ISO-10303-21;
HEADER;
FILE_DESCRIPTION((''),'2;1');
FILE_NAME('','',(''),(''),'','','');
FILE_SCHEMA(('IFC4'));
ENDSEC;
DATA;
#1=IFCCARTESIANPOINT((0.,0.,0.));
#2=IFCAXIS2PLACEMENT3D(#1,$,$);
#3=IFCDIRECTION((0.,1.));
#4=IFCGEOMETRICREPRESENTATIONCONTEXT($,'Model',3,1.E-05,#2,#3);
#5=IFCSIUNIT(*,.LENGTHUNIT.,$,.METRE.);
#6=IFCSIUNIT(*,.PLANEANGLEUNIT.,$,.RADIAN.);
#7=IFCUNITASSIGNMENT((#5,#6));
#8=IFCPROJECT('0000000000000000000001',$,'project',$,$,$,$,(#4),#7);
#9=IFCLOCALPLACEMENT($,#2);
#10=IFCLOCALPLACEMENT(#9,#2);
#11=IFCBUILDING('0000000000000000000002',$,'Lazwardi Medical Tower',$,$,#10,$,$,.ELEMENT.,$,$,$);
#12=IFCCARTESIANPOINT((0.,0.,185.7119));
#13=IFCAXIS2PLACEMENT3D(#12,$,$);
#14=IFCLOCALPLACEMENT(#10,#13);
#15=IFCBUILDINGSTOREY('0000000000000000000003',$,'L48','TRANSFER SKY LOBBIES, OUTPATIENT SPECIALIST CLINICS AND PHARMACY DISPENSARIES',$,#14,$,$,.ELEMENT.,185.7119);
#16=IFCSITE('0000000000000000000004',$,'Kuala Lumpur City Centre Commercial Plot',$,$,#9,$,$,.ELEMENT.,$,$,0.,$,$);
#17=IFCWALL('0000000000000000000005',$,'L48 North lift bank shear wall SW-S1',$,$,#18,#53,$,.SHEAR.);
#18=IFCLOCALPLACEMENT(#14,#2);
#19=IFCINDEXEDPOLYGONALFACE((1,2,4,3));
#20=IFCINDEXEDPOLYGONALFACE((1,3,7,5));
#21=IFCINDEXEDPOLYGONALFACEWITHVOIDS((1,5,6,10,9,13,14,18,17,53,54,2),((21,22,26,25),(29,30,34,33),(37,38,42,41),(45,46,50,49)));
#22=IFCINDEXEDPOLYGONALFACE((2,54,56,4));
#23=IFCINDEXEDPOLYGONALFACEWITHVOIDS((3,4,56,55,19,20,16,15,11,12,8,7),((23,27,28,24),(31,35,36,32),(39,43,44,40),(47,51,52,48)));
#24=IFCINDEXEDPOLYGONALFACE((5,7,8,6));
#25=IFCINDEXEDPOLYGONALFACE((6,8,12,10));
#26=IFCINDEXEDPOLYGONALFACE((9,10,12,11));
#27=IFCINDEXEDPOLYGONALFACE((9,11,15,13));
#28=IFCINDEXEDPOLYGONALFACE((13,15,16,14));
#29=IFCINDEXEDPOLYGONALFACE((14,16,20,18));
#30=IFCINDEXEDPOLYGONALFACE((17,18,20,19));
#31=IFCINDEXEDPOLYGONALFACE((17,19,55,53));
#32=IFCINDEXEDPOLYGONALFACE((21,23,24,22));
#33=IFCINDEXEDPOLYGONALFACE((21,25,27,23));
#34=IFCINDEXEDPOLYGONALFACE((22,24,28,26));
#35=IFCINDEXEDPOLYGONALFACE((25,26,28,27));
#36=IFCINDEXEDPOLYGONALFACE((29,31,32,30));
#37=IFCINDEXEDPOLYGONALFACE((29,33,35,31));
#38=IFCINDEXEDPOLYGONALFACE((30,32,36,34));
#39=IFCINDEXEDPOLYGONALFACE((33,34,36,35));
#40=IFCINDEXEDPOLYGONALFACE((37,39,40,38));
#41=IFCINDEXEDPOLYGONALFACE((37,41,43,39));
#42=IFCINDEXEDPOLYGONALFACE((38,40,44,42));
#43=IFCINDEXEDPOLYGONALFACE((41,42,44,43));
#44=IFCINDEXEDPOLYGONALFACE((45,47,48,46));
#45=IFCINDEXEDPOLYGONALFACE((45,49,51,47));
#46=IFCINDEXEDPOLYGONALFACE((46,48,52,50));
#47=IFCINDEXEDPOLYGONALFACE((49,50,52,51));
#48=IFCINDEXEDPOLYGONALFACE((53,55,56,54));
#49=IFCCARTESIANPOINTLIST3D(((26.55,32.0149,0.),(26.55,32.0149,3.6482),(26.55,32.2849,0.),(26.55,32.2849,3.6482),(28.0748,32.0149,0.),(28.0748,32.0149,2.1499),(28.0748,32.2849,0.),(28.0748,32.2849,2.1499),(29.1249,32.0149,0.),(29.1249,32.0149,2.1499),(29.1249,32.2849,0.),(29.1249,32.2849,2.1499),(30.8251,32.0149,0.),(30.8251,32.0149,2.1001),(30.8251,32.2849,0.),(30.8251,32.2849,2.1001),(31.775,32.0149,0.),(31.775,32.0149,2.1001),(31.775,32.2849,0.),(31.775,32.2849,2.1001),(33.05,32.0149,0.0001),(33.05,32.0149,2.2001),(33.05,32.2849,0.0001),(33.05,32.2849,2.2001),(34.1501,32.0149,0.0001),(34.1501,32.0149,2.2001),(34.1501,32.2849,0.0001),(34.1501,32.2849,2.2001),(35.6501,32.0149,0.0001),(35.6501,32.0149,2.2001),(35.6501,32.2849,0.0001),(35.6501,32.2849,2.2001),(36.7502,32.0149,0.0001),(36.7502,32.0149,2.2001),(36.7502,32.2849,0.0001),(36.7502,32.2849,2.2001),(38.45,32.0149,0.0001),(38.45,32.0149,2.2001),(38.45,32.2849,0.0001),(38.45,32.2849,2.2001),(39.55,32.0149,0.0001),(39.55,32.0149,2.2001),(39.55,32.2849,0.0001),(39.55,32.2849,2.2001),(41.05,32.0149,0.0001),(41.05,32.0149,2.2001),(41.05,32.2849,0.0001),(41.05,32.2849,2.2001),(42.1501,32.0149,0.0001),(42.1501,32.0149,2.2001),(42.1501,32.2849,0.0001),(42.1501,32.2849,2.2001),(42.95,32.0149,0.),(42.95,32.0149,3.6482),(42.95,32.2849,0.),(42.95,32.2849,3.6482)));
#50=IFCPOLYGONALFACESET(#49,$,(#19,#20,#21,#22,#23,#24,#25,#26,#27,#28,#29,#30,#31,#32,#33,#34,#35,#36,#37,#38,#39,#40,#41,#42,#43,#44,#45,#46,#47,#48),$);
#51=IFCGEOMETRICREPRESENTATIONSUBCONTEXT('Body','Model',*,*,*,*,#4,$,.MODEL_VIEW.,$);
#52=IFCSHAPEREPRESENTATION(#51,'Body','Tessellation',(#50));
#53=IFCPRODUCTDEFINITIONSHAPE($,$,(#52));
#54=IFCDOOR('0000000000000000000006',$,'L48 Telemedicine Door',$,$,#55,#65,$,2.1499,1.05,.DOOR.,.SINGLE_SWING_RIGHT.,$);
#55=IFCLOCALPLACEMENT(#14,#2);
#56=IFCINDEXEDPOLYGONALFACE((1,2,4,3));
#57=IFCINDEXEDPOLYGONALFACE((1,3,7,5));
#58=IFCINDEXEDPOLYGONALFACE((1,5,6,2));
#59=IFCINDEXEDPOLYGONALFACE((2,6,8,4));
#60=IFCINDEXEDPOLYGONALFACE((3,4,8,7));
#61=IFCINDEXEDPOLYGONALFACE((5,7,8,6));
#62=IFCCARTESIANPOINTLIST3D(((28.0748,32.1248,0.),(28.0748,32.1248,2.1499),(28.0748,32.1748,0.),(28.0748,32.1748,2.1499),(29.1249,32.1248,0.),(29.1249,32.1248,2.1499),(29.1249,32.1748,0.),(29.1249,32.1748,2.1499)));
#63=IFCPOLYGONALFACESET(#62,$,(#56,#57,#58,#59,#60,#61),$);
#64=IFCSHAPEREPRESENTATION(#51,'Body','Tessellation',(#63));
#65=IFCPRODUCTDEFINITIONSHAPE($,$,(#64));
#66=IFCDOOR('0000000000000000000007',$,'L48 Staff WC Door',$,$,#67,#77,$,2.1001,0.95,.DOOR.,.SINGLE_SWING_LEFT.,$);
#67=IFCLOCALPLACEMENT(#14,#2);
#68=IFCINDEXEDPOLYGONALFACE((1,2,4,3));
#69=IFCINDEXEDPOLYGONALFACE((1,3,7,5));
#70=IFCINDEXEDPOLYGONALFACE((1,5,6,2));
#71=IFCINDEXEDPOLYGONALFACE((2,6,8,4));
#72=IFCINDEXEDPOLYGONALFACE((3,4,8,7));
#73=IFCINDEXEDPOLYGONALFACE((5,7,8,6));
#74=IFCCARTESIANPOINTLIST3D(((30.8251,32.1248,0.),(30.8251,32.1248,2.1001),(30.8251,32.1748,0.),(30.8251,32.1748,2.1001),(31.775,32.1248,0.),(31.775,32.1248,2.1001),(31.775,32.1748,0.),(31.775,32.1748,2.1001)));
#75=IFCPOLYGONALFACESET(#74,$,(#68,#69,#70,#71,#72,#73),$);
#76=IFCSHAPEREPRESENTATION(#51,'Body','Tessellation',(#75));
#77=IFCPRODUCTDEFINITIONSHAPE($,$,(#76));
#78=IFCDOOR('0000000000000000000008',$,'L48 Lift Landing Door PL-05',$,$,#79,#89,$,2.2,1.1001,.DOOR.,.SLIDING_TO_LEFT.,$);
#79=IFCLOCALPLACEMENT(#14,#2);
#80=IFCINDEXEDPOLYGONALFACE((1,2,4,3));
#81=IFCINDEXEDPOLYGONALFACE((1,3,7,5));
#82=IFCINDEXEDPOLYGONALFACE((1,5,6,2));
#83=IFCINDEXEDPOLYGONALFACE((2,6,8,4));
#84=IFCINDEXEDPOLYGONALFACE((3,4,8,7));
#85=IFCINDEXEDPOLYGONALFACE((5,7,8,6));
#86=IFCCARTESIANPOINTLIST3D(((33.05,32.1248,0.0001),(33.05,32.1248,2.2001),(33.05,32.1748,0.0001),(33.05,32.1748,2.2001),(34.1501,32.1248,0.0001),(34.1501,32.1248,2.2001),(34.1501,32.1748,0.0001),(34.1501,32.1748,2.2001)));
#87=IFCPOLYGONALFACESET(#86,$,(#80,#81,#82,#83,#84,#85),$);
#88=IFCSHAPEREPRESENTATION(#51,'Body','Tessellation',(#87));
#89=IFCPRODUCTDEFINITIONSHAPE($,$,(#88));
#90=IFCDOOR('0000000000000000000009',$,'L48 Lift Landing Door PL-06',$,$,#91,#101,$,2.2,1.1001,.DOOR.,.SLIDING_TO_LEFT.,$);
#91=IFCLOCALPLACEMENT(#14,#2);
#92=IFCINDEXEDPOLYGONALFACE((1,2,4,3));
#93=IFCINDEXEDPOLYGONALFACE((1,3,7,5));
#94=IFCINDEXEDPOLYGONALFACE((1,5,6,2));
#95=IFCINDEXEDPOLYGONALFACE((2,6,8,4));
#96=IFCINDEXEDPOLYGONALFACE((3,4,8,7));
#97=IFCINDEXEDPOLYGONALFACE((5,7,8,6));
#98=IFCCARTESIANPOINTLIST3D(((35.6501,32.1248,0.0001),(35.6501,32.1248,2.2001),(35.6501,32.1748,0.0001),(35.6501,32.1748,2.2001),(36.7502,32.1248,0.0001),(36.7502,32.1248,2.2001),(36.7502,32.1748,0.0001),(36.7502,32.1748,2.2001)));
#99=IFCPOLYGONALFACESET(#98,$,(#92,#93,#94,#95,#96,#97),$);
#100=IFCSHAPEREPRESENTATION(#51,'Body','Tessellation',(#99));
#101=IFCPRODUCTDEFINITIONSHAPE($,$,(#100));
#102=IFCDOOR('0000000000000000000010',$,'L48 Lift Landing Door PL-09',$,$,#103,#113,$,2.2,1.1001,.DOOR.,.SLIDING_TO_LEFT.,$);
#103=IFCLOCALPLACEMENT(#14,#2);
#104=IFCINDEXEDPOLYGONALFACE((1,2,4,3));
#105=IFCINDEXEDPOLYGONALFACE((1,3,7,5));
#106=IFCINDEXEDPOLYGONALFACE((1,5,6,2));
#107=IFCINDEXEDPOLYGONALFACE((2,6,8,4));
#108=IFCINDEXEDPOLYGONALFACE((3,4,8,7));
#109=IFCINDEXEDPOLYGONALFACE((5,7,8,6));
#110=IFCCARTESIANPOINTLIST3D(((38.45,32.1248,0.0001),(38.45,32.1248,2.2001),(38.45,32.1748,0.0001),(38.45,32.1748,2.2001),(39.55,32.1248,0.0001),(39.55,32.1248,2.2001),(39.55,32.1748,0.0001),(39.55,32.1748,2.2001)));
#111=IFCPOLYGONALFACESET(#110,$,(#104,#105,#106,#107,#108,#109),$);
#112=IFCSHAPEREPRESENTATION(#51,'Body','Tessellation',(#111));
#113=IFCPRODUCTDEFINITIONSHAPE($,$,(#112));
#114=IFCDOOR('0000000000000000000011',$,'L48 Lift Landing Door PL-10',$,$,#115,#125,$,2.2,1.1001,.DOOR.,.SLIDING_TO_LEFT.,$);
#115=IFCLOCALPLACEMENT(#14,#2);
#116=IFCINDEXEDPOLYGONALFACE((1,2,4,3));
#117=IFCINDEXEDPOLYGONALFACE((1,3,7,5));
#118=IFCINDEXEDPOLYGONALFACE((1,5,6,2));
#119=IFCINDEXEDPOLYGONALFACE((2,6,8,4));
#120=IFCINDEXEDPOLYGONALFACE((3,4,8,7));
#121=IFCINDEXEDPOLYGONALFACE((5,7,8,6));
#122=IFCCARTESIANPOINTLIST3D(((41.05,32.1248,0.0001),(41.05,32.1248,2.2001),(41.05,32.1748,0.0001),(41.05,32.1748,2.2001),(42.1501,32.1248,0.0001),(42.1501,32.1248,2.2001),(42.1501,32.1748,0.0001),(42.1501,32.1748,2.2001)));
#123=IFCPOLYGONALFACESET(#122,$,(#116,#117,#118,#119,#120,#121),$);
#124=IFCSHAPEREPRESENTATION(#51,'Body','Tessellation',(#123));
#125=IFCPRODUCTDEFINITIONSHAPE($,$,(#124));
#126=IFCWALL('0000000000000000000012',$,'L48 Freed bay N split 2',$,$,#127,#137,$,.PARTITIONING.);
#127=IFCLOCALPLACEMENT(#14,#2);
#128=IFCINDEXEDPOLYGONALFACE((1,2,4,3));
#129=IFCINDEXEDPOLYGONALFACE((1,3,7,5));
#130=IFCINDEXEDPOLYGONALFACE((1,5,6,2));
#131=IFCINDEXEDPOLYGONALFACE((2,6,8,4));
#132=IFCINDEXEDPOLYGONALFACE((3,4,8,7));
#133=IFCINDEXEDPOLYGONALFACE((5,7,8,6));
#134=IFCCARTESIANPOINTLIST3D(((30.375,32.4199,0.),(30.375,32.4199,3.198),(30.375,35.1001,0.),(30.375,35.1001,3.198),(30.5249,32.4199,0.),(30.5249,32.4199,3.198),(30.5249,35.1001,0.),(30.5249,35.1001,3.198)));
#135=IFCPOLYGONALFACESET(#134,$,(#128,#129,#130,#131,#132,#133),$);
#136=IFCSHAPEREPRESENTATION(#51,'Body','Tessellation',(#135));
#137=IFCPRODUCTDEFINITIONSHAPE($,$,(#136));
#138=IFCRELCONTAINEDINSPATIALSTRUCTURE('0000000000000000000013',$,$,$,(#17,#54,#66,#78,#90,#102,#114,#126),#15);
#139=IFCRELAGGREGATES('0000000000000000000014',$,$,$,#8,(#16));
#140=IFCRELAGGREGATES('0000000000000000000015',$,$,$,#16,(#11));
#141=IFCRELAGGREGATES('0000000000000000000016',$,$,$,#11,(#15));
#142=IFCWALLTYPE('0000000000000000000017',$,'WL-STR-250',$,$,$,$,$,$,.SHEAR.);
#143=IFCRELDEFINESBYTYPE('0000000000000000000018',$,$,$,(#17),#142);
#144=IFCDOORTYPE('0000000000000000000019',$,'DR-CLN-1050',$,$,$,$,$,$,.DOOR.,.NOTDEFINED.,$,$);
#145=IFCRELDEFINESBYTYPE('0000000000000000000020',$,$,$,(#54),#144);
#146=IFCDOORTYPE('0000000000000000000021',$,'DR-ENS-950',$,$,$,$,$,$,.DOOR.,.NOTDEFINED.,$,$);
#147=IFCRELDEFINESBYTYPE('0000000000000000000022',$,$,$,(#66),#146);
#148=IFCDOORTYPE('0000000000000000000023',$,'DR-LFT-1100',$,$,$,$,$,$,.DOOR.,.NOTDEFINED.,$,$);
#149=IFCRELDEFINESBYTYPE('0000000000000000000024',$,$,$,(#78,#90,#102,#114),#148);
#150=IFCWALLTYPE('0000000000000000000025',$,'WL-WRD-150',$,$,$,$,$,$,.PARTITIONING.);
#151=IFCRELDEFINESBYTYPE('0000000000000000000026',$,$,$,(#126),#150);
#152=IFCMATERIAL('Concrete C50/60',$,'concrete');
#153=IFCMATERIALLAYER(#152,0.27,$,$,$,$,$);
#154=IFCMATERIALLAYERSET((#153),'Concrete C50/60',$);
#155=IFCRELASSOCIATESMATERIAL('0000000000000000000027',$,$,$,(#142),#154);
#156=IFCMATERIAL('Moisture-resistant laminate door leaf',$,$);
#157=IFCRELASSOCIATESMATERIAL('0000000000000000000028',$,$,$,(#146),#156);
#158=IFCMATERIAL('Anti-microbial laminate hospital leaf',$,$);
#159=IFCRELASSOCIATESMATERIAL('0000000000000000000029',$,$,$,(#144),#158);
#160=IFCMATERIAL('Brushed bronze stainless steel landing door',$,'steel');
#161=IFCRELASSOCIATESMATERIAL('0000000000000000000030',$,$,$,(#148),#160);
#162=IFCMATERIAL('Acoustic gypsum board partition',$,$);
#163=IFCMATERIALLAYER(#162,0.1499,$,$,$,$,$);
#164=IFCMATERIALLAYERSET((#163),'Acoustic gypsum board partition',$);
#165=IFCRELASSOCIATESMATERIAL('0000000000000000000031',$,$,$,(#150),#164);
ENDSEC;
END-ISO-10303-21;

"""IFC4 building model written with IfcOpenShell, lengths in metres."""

from ifc_helpers import new_model, si_unit, direction, frame, frame_2d, origin, place, context, subcontext, project, spatial, rectangle, extrude, material, layer, layer_set, type_object, element, fill, save


model = new_model("IFC4")

# Units and contexts
model_context = context("Model", 3, precision=1e-05, world=origin(), true_north=direction((0.0, 1.0)))
body_context = subcontext(model_context, "Body", "Model", "MODEL_VIEW")
ifc_project = project(units=[si_unit("LENGTHUNIT", "METRE"), si_unit("PLANEANGLEUNIT", "RADIAN")], contexts=[model_context])

# Site, building, storey
site_placement = place(None, origin())
site = spatial("IfcSite", under=ifc_project, at=site_placement, Name="Kuala Lumpur City Centre Commercial Plot", CompositionType="ELEMENT", RefElevation=0.0)
building_placement = place(site_placement, origin())
building = spatial("IfcBuilding", under=site, at=building_placement, Name="Lazwardi Medical Tower", CompositionType="ELEMENT")
storey_placement = place(building_placement, frame((0.0, 0.0, 185.7119)))
storey = spatial("IfcBuildingStorey", under=building, at=storey_placement, Name="L48", Description="TRANSFER SKY LOBBIES, OUTPATIENT SPECIALIST CLINICS AND PHARMACY DISPENSARIES", CompositionType="ELEMENT", Elevation=185.7119)

# Shared definitions
ifc_material_1 = material(Name="Concrete C50/60", Category="concrete")
ifc_layer_1 = layer(ifc_material_1, 0.27)
ifc_layer_set_1 = layer_set([ifc_layer_1], Name="Concrete C50/60")
wall_type_1 = type_object("IfcWallType", Name="WL-STR-250", PredefinedType="SHEAR", material=ifc_layer_set_1)

# Wall, openings, doors
ifc_material_2 = material(Name="Moisture-resistant laminate door leaf")
door_type_1 = type_object("IfcDoorType", Name="DR-ENS-950", OperationType="NOTDEFINED", PredefinedType="DOOR", material=ifc_material_2)
wall_1_placement = place(storey_placement, frame((26.55, 32.1499, 0.0), z_axis=(0.0, 0.0, 1.0), x_axis=(1.0, 0.0, 0.0)))
wall_1 = element("IfcWall", 1, at=wall_1_placement, inside=storey, type_object=wall_type_1, Name="L48 North lift bank shear wall SW-S1", PredefinedType="SHEAR", context=body_context, shape_type="SweptSolid", body=[
    extrude(rectangle(XDim=16.3999, YDim=0.27, at=frame_2d((8.2, 0.0))), origin(), (0.0, 0.0, 1.0), 3.6482),
])
opening_1_placement = place(wall_1_placement, frame((1.5249, 0.0, 0.0)))
opening_1 = element("IfcOpeningElement", 2, at=opening_1_placement, cuts=wall_1, PredefinedType="OPENING", context=body_context, shape_type="SweptSolid", body=[
    extrude(rectangle(XDim=1.05, YDim=2.1499, at=frame_2d((0.5249, 1.075))), frame((0.0, 0.145, 0.0), z_axis=(0.0, -1.0, 0.0), x_axis=(1.0, 0.0, 0.0)), (0.0, 0.0, 1.0), 0.29),
])
opening_2_placement = place(wall_1_placement, frame((4.2749, 0.0, 0.0)))
opening_2 = element("IfcOpeningElement", 3, at=opening_2_placement, cuts=wall_1, PredefinedType="OPENING", context=body_context, shape_type="SweptSolid", body=[
    extrude(rectangle(XDim=0.95, YDim=2.1001, at=frame_2d((0.4751, 1.05))), frame((0.0, 0.145, 0.0), z_axis=(0.0, -1.0, 0.0), x_axis=(1.0, 0.0, 0.0)), (0.0, 0.0, 1.0), 0.29),
])
opening_3_placement = place(wall_1_placement, frame((6.5, 0.0, 0.0)))
opening_3 = element("IfcOpeningElement", 4, at=opening_3_placement, cuts=wall_1, PredefinedType="OPENING", context=body_context, shape_type="SweptSolid", body=[
    extrude(rectangle(XDim=1.1001, YDim=2.2, at=frame_2d((0.55, 1.1001))), frame((0.0, 0.145, 0.0), z_axis=(0.0, -1.0, 0.0), x_axis=(1.0, 0.0, 0.0)), (0.0, 0.0, 1.0), 0.29),
])
opening_4_placement = place(wall_1_placement, frame((9.1001, 0.0, 0.0)))
opening_4 = element("IfcOpeningElement", 5, at=opening_4_placement, cuts=wall_1, PredefinedType="OPENING", context=body_context, shape_type="SweptSolid", body=[
    extrude(rectangle(XDim=1.1001, YDim=2.2, at=frame_2d((0.55, 1.1001))), frame((0.0, 0.145, 0.0), z_axis=(0.0, -1.0, 0.0), x_axis=(1.0, 0.0, 0.0)), (0.0, 0.0, 1.0), 0.29),
])
opening_5_placement = place(wall_1_placement, frame((11.8999, 0.0, 0.0)))
opening_5 = element("IfcOpeningElement", 6, at=opening_5_placement, cuts=wall_1, PredefinedType="OPENING", context=body_context, shape_type="SweptSolid", body=[
    extrude(rectangle(XDim=1.1001, YDim=2.2, at=frame_2d((0.55, 1.1001))), frame((0.0, 0.145, 0.0), z_axis=(0.0, -1.0, 0.0), x_axis=(1.0, 0.0, 0.0)), (0.0, 0.0, 1.0), 0.29),
])
opening_6_placement = place(wall_1_placement, frame((14.5, 0.0, 0.0)))
opening_6 = element("IfcOpeningElement", 7, at=opening_6_placement, cuts=wall_1, PredefinedType="OPENING", context=body_context, shape_type="SweptSolid", body=[
    extrude(rectangle(XDim=1.1001, YDim=2.2, at=frame_2d((0.55, 1.1001))), frame((0.0, 0.145, 0.0), z_axis=(0.0, -1.0, 0.0), x_axis=(1.0, 0.0, 0.0)), (0.0, 0.0, 1.0), 0.29),
])
ifc_material_3 = material(Name="Anti-microbial laminate hospital leaf")
door_type_2 = type_object("IfcDoorType", Name="DR-CLN-1050", OperationType="NOTDEFINED", PredefinedType="DOOR", material=ifc_material_3)
door_1_placement = place(opening_1_placement, origin())
door_1 = element("IfcDoor", 8, at=door_1_placement, inside=storey, type_object=door_type_2, Name="L48 Telemedicine Door", OperationType="SINGLE_SWING_RIGHT", OverallHeight=2.1499, OverallWidth=1.05, PredefinedType="DOOR", context=body_context, shape_type="SweptSolid", body=[
    extrude(rectangle(XDim=1.05, YDim=2.1499, at=frame_2d((0.5249, 1.075))), frame((0.0, 0.0249, 0.0), z_axis=(0.0, -1.0, 0.0), x_axis=(1.0, 0.0, 0.0)), (0.0, 0.0, 1.0), 0.05),
])
fill(opening_1, door_1)
door_2_placement = place(opening_2_placement, origin())
door_2 = element("IfcDoor", 9, at=door_2_placement, inside=storey, type_object=door_type_1, Name="L48 Staff WC Door", OperationType="SINGLE_SWING_LEFT", OverallHeight=2.1001, OverallWidth=0.95, PredefinedType="DOOR", context=body_context, shape_type="SweptSolid", body=[
    extrude(rectangle(XDim=0.95, YDim=2.1001, at=frame_2d((0.4751, 1.05))), frame((0.0, 0.0249, 0.0), z_axis=(0.0, -1.0, 0.0), x_axis=(1.0, 0.0, 0.0)), (0.0, 0.0, 1.0), 0.05),
])
fill(opening_2, door_2)
ifc_material_4 = material(Name="Brushed bronze stainless steel landing door", Category="steel")
door_type_3 = type_object("IfcDoorType", Name="DR-LFT-1100", OperationType="NOTDEFINED", PredefinedType="DOOR", material=ifc_material_4)
door_3_placement = place(opening_3_placement, origin())
door_3 = element("IfcDoor", 10, at=door_3_placement, inside=storey, type_object=door_type_3, Name="L48 Lift Landing Door PL-05", OperationType="SLIDING_TO_LEFT", OverallHeight=2.2, OverallWidth=1.1001, PredefinedType="DOOR", context=body_context, shape_type="SweptSolid", body=[
    extrude(rectangle(XDim=1.1001, YDim=2.2, at=frame_2d((0.55, 1.1001))), frame((0.0, 0.0249, 0.0), z_axis=(0.0, -1.0, 0.0), x_axis=(1.0, 0.0, 0.0)), (0.0, 0.0, 1.0), 0.05),
])
fill(opening_3, door_3)
door_4_placement = place(opening_4_placement, origin())
door_4 = element("IfcDoor", 11, at=door_4_placement, inside=storey, type_object=door_type_3, Name="L48 Lift Landing Door PL-06", OperationType="SLIDING_TO_LEFT", OverallHeight=2.2, OverallWidth=1.1001, PredefinedType="DOOR", context=body_context, shape_type="SweptSolid", body=[
    extrude(rectangle(XDim=1.1001, YDim=2.2, at=frame_2d((0.55, 1.1001))), frame((0.0, 0.0249, 0.0), z_axis=(0.0, -1.0, 0.0), x_axis=(1.0, 0.0, 0.0)), (0.0, 0.0, 1.0), 0.05),
])
fill(opening_4, door_4)
door_5_placement = place(opening_5_placement, origin())
door_5 = element("IfcDoor", 12, at=door_5_placement, inside=storey, type_object=door_type_3, Name="L48 Lift Landing Door PL-09", OperationType="SLIDING_TO_LEFT", OverallHeight=2.2, OverallWidth=1.1001, PredefinedType="DOOR", context=body_context, shape_type="SweptSolid", body=[
    extrude(rectangle(XDim=1.1001, YDim=2.2, at=frame_2d((0.55, 1.1001))), frame((0.0, 0.0249, 0.0), z_axis=(0.0, -1.0, 0.0), x_axis=(1.0, 0.0, 0.0)), (0.0, 0.0, 1.0), 0.05),
])
fill(opening_5, door_5)
door_6_placement = place(opening_6_placement, origin())
door_6 = element("IfcDoor", 13, at=door_6_placement, inside=storey, type_object=door_type_3, Name="L48 Lift Landing Door PL-10", OperationType="SLIDING_TO_LEFT", OverallHeight=2.2, OverallWidth=1.1001, PredefinedType="DOOR", context=body_context, shape_type="SweptSolid", body=[
    extrude(rectangle(XDim=1.1001, YDim=2.2, at=frame_2d((0.55, 1.1001))), frame((0.0, 0.0249, 0.0), z_axis=(0.0, -1.0, 0.0), x_axis=(1.0, 0.0, 0.0)), (0.0, 0.0, 1.0), 0.05),
])
fill(opening_6, door_6)

# Wall
ifc_material_5 = material(Name="Acoustic gypsum board partition")
ifc_layer_2 = layer(ifc_material_5, 0.1499)
ifc_layer_set_2 = layer_set([ifc_layer_2], Name="Acoustic gypsum board partition")
wall_type_2 = type_object("IfcWallType", Name="WL-WRD-150", PredefinedType="PARTITIONING", material=ifc_layer_set_2)
wall_2_placement = place(storey_placement, frame((30.45, 32.4199, 0.0), z_axis=(0.0, 0.0, 1.0), x_axis=(0.0, 1.0, 0.0)))
element("IfcWall", 14, at=wall_2_placement, inside=storey, type_object=wall_type_2, Name="L48 Freed bay N split 2", PredefinedType="PARTITIONING", context=body_context, shape_type="SweptSolid", body=[
    extrude(rectangle(XDim=2.6802, YDim=0.1499, at=frame_2d((1.3401, 0.0))), origin(), (0.0, 0.0, 1.0), 3.198),
])

save(model, "model.ifc")
